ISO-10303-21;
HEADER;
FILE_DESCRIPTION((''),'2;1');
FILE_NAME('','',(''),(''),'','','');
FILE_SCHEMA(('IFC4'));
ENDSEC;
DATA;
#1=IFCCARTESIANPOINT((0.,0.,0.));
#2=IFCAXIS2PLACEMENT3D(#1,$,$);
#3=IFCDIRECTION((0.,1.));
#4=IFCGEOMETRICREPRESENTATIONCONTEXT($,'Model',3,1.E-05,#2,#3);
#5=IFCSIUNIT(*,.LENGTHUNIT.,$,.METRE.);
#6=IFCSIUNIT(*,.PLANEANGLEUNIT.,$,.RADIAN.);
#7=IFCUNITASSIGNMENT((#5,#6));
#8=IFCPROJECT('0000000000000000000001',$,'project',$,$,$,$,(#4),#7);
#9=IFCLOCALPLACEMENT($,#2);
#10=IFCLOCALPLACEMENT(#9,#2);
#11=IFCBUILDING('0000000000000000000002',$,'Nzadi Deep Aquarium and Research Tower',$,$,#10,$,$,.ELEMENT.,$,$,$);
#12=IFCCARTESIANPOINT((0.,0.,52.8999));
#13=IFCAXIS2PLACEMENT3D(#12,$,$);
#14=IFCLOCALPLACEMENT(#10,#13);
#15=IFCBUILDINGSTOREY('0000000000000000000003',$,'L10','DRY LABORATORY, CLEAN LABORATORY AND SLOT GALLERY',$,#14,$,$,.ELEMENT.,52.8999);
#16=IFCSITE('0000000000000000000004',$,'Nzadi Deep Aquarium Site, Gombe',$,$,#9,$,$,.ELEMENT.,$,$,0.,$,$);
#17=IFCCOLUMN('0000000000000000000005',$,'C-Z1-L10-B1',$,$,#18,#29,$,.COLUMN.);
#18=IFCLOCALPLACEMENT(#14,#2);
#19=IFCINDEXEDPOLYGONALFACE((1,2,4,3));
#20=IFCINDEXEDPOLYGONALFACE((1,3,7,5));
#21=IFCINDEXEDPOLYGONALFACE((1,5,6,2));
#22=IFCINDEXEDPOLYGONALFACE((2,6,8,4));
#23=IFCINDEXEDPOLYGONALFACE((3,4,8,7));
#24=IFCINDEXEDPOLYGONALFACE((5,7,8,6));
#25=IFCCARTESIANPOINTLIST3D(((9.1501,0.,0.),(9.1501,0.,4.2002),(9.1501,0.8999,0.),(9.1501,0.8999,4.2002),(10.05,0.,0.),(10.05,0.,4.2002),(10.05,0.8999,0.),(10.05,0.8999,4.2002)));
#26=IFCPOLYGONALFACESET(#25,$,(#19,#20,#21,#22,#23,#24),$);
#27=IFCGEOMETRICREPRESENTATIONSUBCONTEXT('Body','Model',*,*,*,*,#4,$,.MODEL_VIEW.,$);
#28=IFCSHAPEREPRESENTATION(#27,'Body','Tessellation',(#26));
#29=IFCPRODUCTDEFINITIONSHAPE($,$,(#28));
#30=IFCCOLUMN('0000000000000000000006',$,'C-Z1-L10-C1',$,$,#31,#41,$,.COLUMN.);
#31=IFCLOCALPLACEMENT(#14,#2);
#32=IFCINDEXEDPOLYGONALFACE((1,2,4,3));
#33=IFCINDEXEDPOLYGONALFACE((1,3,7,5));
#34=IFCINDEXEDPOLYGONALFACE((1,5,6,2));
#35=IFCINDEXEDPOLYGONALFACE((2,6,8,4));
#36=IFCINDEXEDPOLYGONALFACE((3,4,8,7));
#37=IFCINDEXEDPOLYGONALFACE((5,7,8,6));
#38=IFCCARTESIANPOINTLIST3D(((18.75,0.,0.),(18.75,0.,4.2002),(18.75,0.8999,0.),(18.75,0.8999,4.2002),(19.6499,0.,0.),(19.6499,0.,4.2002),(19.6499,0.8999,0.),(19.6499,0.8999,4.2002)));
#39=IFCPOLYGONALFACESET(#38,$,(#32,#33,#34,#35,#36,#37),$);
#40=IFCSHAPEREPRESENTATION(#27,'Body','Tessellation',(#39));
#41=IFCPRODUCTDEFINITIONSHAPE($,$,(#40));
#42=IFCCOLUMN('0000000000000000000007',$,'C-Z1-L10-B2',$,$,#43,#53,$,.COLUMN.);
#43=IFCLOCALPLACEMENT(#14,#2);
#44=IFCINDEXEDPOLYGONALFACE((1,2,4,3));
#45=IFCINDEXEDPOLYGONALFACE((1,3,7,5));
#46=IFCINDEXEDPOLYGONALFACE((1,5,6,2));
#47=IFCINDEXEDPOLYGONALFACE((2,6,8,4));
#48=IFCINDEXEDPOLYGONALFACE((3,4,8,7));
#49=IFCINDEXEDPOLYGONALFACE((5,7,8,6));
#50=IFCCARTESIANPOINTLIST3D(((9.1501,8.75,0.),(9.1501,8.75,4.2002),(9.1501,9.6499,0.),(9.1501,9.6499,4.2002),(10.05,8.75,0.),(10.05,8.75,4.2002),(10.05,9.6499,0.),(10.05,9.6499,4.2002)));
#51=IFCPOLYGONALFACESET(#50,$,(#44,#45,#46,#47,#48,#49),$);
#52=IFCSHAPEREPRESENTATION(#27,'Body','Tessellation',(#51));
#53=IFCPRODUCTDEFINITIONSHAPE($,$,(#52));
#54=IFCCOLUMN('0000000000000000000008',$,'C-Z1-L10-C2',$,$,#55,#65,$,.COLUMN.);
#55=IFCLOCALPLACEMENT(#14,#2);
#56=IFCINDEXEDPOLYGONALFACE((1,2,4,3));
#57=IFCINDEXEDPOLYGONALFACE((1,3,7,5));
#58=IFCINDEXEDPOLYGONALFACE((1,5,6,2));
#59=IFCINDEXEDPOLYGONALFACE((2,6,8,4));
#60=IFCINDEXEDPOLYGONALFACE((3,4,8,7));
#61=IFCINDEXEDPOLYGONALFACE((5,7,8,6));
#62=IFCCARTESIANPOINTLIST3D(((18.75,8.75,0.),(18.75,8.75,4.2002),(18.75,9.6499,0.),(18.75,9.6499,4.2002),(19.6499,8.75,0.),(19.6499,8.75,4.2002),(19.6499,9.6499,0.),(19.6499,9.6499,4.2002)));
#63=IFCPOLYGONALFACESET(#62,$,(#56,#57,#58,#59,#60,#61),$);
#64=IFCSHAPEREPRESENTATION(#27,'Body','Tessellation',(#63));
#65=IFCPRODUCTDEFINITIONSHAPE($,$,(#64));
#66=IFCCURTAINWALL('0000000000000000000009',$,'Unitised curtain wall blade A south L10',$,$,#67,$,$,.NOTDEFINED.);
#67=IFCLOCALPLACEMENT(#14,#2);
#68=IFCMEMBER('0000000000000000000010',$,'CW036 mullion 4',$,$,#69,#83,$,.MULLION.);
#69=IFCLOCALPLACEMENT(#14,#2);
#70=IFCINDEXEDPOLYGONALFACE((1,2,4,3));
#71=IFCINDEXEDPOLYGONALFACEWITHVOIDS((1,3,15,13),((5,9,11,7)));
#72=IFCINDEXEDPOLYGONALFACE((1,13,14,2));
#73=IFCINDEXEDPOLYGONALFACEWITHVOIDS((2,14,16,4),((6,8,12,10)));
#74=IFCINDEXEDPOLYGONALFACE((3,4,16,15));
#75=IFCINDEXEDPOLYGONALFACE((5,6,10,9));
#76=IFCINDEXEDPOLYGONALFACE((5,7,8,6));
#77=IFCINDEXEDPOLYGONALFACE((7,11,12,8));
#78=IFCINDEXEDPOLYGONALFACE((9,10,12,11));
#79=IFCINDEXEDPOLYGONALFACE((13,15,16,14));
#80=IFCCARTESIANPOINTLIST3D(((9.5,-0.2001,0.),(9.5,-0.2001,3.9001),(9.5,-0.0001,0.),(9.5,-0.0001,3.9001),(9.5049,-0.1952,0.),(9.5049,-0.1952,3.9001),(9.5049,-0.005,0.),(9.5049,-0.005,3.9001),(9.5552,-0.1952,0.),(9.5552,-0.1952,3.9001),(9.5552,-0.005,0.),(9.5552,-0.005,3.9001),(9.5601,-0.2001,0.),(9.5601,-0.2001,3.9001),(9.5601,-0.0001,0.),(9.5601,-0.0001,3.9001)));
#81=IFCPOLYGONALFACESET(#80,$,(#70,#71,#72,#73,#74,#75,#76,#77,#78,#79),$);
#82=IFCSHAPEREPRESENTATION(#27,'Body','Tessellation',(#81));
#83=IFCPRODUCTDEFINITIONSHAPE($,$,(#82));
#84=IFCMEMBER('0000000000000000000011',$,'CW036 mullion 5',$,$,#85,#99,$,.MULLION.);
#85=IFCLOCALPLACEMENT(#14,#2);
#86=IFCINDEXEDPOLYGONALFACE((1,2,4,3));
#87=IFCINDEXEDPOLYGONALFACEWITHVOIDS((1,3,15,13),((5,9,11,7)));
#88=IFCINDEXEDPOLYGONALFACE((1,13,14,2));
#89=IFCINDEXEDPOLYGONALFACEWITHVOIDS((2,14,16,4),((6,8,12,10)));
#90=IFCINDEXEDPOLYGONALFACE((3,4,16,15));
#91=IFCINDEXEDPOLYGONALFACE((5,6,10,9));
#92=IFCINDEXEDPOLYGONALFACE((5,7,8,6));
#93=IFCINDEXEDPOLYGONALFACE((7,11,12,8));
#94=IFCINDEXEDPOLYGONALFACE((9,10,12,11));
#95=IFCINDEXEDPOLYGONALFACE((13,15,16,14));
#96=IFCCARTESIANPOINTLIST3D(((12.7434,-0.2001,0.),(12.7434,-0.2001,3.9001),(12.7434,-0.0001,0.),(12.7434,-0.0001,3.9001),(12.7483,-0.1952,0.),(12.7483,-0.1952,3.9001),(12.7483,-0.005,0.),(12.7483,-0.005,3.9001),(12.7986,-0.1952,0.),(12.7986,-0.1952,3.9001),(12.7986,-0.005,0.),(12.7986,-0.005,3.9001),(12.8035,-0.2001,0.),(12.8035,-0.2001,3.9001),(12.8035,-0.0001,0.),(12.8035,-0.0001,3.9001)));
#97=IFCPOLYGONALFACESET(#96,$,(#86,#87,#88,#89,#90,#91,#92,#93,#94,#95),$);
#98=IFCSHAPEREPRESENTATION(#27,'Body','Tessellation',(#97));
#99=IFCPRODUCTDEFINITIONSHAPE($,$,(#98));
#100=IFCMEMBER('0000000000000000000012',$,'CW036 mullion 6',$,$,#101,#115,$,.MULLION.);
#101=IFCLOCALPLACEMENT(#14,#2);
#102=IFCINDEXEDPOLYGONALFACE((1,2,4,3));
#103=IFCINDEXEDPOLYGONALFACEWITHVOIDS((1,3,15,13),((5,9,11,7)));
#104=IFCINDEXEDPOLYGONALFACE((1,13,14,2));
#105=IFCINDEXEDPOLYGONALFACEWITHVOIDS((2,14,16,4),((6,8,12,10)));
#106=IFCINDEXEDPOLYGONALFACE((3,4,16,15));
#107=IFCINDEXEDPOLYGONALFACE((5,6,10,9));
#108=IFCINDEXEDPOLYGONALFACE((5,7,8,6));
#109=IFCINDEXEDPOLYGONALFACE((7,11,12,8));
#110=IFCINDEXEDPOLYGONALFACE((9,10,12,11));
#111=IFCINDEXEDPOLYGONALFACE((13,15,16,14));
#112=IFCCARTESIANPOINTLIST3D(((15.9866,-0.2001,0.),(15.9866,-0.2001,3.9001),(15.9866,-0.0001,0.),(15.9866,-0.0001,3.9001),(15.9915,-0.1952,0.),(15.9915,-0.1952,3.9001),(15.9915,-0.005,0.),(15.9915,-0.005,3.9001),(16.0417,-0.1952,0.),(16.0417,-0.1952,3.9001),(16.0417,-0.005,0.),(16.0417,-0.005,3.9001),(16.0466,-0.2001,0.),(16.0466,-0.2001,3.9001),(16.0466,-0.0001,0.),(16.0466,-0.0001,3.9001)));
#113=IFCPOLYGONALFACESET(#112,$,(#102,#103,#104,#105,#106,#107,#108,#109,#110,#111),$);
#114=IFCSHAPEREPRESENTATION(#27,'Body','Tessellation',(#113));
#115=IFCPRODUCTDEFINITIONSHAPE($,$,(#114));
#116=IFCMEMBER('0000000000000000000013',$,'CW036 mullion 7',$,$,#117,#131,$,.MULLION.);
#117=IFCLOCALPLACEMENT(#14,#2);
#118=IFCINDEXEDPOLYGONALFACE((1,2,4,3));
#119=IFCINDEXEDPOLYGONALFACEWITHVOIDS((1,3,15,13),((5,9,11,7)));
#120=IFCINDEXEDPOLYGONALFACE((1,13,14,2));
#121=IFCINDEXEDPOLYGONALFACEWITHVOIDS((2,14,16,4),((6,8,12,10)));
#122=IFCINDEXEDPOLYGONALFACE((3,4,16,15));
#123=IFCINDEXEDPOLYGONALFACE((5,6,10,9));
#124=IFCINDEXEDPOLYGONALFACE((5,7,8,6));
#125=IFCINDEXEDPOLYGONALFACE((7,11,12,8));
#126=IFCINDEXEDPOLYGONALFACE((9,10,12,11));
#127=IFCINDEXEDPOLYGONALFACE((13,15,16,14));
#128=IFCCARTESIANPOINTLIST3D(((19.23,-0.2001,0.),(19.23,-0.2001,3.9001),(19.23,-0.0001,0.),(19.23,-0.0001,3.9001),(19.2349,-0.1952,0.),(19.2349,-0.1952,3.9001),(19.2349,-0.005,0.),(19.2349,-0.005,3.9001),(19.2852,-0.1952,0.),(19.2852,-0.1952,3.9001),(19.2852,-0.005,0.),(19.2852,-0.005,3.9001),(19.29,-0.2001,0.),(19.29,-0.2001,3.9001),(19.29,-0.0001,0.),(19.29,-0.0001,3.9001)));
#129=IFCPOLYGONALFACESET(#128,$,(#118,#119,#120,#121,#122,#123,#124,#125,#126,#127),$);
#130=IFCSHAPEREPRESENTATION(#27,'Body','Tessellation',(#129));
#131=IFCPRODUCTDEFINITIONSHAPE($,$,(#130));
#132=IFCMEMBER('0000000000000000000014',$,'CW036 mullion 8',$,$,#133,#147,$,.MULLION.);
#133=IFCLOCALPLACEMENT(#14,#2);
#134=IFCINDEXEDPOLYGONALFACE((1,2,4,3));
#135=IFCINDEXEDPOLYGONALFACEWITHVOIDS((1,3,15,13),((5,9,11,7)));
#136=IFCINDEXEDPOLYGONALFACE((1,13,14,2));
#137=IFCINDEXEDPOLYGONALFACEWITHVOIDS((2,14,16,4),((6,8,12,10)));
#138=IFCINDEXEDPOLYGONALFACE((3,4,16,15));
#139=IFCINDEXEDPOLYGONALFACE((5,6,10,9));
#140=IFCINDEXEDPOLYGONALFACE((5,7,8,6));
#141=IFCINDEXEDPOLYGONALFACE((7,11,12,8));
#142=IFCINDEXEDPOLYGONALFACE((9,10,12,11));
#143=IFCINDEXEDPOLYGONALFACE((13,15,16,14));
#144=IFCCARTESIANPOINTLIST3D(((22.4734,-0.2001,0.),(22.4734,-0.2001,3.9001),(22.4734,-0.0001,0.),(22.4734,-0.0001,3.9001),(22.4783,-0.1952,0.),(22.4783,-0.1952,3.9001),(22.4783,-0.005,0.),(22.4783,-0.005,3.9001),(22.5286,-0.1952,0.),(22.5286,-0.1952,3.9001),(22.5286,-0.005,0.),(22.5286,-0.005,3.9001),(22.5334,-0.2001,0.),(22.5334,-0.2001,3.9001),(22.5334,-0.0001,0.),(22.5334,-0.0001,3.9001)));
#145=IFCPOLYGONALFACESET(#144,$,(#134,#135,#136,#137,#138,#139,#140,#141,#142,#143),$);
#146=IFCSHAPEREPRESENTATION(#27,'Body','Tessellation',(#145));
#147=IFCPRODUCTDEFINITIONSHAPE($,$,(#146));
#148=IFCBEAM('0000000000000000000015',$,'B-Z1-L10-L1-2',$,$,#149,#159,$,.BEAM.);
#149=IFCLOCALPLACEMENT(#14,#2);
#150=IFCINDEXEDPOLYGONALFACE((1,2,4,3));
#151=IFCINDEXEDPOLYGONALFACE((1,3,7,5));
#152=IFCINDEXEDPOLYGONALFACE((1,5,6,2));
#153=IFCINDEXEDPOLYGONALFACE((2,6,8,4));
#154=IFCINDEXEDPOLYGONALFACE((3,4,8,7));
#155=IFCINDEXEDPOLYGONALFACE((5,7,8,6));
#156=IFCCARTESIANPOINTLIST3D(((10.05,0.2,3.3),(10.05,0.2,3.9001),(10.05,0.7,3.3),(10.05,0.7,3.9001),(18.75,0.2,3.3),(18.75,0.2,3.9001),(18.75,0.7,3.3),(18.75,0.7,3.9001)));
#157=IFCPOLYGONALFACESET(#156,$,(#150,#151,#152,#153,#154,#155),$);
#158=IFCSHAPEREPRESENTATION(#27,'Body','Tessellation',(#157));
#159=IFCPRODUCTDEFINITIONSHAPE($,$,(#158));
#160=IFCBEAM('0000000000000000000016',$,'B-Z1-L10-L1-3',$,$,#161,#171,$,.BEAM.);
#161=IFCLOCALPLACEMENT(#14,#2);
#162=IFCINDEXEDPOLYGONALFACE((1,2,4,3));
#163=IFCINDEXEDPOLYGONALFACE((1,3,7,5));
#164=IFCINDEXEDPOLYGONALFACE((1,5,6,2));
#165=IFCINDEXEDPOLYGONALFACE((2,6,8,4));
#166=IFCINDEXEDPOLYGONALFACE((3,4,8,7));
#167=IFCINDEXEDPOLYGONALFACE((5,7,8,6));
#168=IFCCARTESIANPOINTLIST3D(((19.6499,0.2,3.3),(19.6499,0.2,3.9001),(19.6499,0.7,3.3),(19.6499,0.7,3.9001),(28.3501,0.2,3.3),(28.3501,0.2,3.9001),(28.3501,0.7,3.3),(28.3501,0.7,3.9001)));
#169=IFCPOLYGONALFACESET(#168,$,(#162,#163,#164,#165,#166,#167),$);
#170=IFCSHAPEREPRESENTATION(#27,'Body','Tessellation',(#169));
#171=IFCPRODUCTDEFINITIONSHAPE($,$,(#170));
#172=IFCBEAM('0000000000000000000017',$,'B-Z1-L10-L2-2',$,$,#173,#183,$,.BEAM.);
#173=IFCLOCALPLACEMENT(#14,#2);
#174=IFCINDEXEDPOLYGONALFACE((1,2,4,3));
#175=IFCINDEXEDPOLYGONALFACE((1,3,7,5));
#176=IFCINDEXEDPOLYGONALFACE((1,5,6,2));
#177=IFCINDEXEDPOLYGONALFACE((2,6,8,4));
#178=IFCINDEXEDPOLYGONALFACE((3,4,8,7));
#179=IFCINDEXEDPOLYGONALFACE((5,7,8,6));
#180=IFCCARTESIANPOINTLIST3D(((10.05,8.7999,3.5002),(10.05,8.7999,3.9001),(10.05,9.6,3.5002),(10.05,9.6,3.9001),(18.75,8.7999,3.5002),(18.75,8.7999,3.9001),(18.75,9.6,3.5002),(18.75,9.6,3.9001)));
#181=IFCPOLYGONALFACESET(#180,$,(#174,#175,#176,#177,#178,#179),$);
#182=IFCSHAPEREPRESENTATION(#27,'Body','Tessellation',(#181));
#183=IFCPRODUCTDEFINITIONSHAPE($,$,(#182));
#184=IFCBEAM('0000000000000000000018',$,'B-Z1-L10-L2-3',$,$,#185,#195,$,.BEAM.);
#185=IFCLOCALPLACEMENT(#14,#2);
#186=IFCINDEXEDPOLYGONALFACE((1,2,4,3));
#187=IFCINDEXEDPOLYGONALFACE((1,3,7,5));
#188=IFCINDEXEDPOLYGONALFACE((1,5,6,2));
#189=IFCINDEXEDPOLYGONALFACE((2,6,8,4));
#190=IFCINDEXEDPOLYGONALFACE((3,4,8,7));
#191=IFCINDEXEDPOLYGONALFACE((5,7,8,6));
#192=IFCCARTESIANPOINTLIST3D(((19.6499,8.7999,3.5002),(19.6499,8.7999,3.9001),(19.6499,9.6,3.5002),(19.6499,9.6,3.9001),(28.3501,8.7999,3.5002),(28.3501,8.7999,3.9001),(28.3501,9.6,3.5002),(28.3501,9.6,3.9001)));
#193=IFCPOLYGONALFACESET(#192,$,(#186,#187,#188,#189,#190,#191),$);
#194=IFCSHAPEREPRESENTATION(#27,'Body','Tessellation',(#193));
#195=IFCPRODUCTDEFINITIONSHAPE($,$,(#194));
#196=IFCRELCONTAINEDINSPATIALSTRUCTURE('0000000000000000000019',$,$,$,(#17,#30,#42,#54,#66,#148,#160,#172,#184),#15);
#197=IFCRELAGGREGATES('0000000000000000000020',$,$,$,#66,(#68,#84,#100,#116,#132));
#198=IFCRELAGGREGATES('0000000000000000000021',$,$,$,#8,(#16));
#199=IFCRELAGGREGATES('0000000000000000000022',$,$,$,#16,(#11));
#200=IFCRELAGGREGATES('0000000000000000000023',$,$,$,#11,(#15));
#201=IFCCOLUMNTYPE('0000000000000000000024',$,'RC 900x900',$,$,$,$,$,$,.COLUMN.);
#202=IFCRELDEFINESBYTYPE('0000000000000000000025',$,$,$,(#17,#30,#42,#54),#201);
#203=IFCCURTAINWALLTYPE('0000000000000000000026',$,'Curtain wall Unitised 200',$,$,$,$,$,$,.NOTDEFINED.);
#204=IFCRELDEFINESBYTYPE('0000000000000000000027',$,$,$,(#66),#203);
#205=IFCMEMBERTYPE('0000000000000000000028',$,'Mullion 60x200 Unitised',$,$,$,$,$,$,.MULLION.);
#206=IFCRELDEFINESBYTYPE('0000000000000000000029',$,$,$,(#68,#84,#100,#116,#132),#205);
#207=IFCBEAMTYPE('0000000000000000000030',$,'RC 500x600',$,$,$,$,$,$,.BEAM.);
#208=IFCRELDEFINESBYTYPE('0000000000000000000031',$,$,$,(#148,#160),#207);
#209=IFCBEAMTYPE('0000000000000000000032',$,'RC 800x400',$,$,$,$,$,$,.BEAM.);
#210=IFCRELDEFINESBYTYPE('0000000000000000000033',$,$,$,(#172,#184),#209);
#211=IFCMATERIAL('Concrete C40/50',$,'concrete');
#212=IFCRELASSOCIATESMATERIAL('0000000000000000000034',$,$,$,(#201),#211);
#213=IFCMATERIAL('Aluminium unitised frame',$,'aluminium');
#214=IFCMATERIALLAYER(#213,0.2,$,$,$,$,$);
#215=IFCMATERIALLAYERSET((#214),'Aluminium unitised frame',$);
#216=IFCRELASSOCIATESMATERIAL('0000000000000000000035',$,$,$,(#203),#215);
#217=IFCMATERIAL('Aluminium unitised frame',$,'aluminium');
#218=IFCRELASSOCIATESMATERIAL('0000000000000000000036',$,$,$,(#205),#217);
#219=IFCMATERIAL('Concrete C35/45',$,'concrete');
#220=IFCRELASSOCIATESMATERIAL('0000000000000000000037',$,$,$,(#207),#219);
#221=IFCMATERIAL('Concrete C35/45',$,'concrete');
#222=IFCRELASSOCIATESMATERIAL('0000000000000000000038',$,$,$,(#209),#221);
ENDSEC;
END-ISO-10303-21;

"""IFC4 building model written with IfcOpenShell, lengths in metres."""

from ifc_helpers import new_model, si_unit, direction, frame, origin, origin_2d, place, context, subcontext, project, spatial, rectangle, hollow_rectangle, extrude, material, layer, layer_set, material_profile, profile_set, type_object, element, aggregate, save


model = new_model("IFC4")

# Units and contexts
model_context = context("Model", 3, precision=1e-05, world=origin(), true_north=direction((0.0, 1.0)))
body_context = subcontext(model_context, "Body", "Model", "MODEL_VIEW")
ifc_project = project(units=[si_unit("LENGTHUNIT", "METRE"), si_unit("PLANEANGLEUNIT", "RADIAN")], contexts=[model_context])

# Site, building, storey
site_placement = place(None, origin())
site = spatial("IfcSite", under=ifc_project, at=site_placement, Name="Nzadi Deep Aquarium Site, Gombe", CompositionType="ELEMENT", RefElevation=0.0)
building_placement = place(site_placement, origin())
building = spatial("IfcBuilding", under=site, at=building_placement, Name="Nzadi Deep Aquarium and Research Tower", CompositionType="ELEMENT")
storey_placement = place(building_placement, frame((0.0, 0.0, 52.8999)))
storey = spatial("IfcBuildingStorey", under=building, at=storey_placement, Name="L10", Description="DRY LABORATORY, CLEAN LABORATORY AND SLOT GALLERY", CompositionType="ELEMENT", Elevation=52.8999)

# Columns
ifc_material_1 = material(Name="Concrete C40/50", Category="concrete")
ifc_material_profile_1 = material_profile(ifc_material_1, rectangle(XDim=0.8999, YDim=0.8999, at=origin_2d()))
ifc_profile_set_1 = profile_set([ifc_material_profile_1], Name="Concrete C40/50")
column_type = type_object("IfcColumnType", Name="RC 900x900", PredefinedType="COLUMN", material=ifc_profile_set_1)
for number, where, z_axis, x_axis, name in (
    (1, (9.6001, 0.45, 0.0), (0.0, 0.0, 1.0), (1.0, 0.0, 0.0), "C-Z1-L10-B1"),
    (2, (19.2, 0.45, 0.0), (0.0, 0.0, 1.0), (1.0, 0.0, 0.0), "C-Z1-L10-C1"),
    (3, (9.6001, 9.2, 0.0), (0.0, 0.0, 1.0), (1.0, 0.0, 0.0), "C-Z1-L10-B2"),
    (4, (19.2, 9.2, 0.0), (0.0, 0.0, 1.0), (1.0, 0.0, 0.0), "C-Z1-L10-C2"),
):
    element("IfcColumn", number, at=place(storey_placement, frame(where, z_axis=z_axis, x_axis=x_axis)), inside=storey, type_object=column_type, Name=name, PredefinedType="COLUMN", context=body_context, shape_type="SweptSolid", body=[
        extrude(rectangle(XDim=0.8999, YDim=0.8999, at=origin_2d()), origin(), (0.0, 0.0, 1.0), 4.2002),
    ])

# Curtain wall, members
ifc_material_2 = material(Name="Aluminium unitised frame", Category="aluminium")
ifc_layer_1 = layer(ifc_material_2, 0.2)
ifc_layer_set_1 = layer_set([ifc_layer_1], Name="Aluminium unitised frame")
curtain_wall_type = type_object("IfcCurtainWallType", Name="Curtain wall Unitised 200", PredefinedType="NOTDEFINED", material=ifc_layer_set_1)
curtain_wall_placement = place(storey_placement, origin())
curtain_wall = element("IfcCurtainWall", 5, at=curtain_wall_placement, inside=storey, type_object=curtain_wall_type, Name="Unitised curtain wall blade A south L10", PredefinedType="NOTDEFINED")
ifc_material_3 = material(Name="Aluminium unitised frame", Category="aluminium")
ifc_material_profile_2 = material_profile(ifc_material_3, hollow_rectangle(XDim=0.2, YDim=0.0601, WallThickness=0.0049, at=origin_2d()))
ifc_profile_set_2 = profile_set([ifc_material_profile_2], Name="Aluminium unitised frame")
member_type_1 = type_object("IfcMemberType", Name="Mullion 60x200 Unitised", PredefinedType="MULLION", material=ifc_profile_set_2)
member_1_placement = place(storey_placement, frame((9.53, -0.1001, 0.0), z_axis=(0.0, 0.0, 1.0), x_axis=(0.0, 1.0, 0.0)))
member_1 = element("IfcMember", 6, at=member_1_placement, type_object=member_type_1, Name="CW036 mullion 4", PredefinedType="MULLION", context=body_context, shape_type="SweptSolid", body=[
    extrude(hollow_rectangle(XDim=0.2, YDim=0.0601, WallThickness=0.0049, at=origin_2d()), origin(), (0.0, 0.0, 1.0), 3.9001),
])
member_2_placement = place(storey_placement, frame((12.7734, -0.1001, 0.0), z_axis=(0.0, 0.0, 1.0), x_axis=(0.0, 1.0, 0.0)))
member_2 = element("IfcMember", 7, at=member_2_placement, type_object=member_type_1, Name="CW036 mullion 5", PredefinedType="MULLION", context=body_context, shape_type="SweptSolid", body=[
    extrude(hollow_rectangle(XDim=0.2, YDim=0.0601, WallThickness=0.0049, at=origin_2d()), origin(), (0.0, 0.0, 1.0), 3.9001),
])
member_3_placement = place(storey_placement, frame((16.0166, -0.1001, 0.0), z_axis=(0.0, 0.0, 1.0), x_axis=(0.0, 1.0, 0.0)))
member_3 = element("IfcMember", 8, at=member_3_placement, type_object=member_type_1, Name="CW036 mullion 6", PredefinedType="MULLION", context=body_context, shape_type="SweptSolid", body=[
    extrude(hollow_rectangle(XDim=0.2, YDim=0.0601, WallThickness=0.0049, at=origin_2d()), origin(), (0.0, 0.0, 1.0), 3.9001),
])
member_4_placement = place(storey_placement, frame((19.26, -0.1001, 0.0), z_axis=(0.0, 0.0, 1.0), x_axis=(0.0, 1.0, 0.0)))
member_4 = element("IfcMember", 9, at=member_4_placement, type_object=member_type_1, Name="CW036 mullion 7", PredefinedType="MULLION", context=body_context, shape_type="SweptSolid", body=[
    extrude(hollow_rectangle(XDim=0.2, YDim=0.0601, WallThickness=0.0049, at=origin_2d()), origin(), (0.0, 0.0, 1.0), 3.9001),
])
member_5_placement = place(storey_placement, frame((22.5034, -0.1001, 0.0), z_axis=(0.0, 0.0, 1.0), x_axis=(0.0, 1.0, 0.0)))
member_5 = element("IfcMember", 10, at=member_5_placement, type_object=member_type_1, Name="CW036 mullion 8", PredefinedType="MULLION", context=body_context, shape_type="SweptSolid", body=[
    extrude(hollow_rectangle(XDim=0.2, YDim=0.0601, WallThickness=0.0049, at=origin_2d()), origin(), (0.0, 0.0, 1.0), 3.9001),
])

# Beams
ifc_material_4 = material(Name="Concrete C35/45", Category="concrete")
ifc_material_profile_3 = material_profile(ifc_material_4, rectangle(XDim=0.5, YDim=0.6001, at=origin_2d()))
ifc_profile_set_3 = profile_set([ifc_material_profile_3], Name="Concrete C35/45")
beam_type_1 = type_object("IfcBeamType", Name="RC 500x600", PredefinedType="BEAM", material=ifc_profile_set_3)
beam_1_placement = place(storey_placement, frame((10.05, 0.45, 3.6001), z_axis=(1.0, 0.0, 0.0), x_axis=(0.0, 1.0, 0.0)))
element("IfcBeam", 11, at=beam_1_placement, inside=storey, type_object=beam_type_1, Name="B-Z1-L10-L1-2", PredefinedType="BEAM", context=body_context, shape_type="SweptSolid", body=[
    extrude(rectangle(XDim=0.5, YDim=0.6001, at=origin_2d()), origin(), (0.0, 0.0, 1.0), 8.7),
])
beam_2_placement = place(storey_placement, frame((19.6499, 0.45, 3.6001), z_axis=(1.0, 0.0, 0.0), x_axis=(0.0, 1.0, 0.0)))
element("IfcBeam", 12, at=beam_2_placement, inside=storey, type_object=beam_type_1, Name="B-Z1-L10-L1-3", PredefinedType="BEAM", context=body_context, shape_type="SweptSolid", body=[
    extrude(rectangle(XDim=0.5, YDim=0.6001, at=origin_2d()), origin(), (0.0, 0.0, 1.0), 8.7002),
])
ifc_material_5 = material(Name="Concrete C35/45", Category="concrete")
ifc_material_profile_4 = material_profile(ifc_material_5, rectangle(XDim=0.8, YDim=0.3999, at=origin_2d()))
ifc_profile_set_4 = profile_set([ifc_material_profile_4], Name="Concrete C35/45")
beam_type_2 = type_object("IfcBeamType", Name="RC 800x400", PredefinedType="BEAM", material=ifc_profile_set_4)
beam_3_placement = place(storey_placement, frame((10.05, 9.2, 3.7002), z_axis=(1.0, 0.0, 0.0), x_axis=(0.0, 1.0, 0.0)))
element("IfcBeam", 13, at=beam_3_placement, inside=storey, type_object=beam_type_2, Name="B-Z1-L10-L2-2", PredefinedType="BEAM", context=body_context, shape_type="SweptSolid", body=[
    extrude(rectangle(XDim=0.8, YDim=0.3999, at=origin_2d()), origin(), (0.0, 0.0, 1.0), 8.7),
])
beam_4_placement = place(storey_placement, frame((19.6499, 9.2, 3.7002), z_axis=(1.0, 0.0, 0.0), x_axis=(0.0, 1.0, 0.0)))
element("IfcBeam", 14, at=beam_4_placement, inside=storey, type_object=beam_type_2, Name="B-Z1-L10-L2-3", PredefinedType="BEAM", context=body_context, shape_type="SweptSolid", body=[
    extrude(rectangle(XDim=0.8, YDim=0.3999, at=origin_2d()), origin(), (0.0, 0.0, 1.0), 8.7002),
])

aggregate(curtain_wall, [member_1, member_2, member_3, member_4, member_5])

save(model, "model.ifc")
